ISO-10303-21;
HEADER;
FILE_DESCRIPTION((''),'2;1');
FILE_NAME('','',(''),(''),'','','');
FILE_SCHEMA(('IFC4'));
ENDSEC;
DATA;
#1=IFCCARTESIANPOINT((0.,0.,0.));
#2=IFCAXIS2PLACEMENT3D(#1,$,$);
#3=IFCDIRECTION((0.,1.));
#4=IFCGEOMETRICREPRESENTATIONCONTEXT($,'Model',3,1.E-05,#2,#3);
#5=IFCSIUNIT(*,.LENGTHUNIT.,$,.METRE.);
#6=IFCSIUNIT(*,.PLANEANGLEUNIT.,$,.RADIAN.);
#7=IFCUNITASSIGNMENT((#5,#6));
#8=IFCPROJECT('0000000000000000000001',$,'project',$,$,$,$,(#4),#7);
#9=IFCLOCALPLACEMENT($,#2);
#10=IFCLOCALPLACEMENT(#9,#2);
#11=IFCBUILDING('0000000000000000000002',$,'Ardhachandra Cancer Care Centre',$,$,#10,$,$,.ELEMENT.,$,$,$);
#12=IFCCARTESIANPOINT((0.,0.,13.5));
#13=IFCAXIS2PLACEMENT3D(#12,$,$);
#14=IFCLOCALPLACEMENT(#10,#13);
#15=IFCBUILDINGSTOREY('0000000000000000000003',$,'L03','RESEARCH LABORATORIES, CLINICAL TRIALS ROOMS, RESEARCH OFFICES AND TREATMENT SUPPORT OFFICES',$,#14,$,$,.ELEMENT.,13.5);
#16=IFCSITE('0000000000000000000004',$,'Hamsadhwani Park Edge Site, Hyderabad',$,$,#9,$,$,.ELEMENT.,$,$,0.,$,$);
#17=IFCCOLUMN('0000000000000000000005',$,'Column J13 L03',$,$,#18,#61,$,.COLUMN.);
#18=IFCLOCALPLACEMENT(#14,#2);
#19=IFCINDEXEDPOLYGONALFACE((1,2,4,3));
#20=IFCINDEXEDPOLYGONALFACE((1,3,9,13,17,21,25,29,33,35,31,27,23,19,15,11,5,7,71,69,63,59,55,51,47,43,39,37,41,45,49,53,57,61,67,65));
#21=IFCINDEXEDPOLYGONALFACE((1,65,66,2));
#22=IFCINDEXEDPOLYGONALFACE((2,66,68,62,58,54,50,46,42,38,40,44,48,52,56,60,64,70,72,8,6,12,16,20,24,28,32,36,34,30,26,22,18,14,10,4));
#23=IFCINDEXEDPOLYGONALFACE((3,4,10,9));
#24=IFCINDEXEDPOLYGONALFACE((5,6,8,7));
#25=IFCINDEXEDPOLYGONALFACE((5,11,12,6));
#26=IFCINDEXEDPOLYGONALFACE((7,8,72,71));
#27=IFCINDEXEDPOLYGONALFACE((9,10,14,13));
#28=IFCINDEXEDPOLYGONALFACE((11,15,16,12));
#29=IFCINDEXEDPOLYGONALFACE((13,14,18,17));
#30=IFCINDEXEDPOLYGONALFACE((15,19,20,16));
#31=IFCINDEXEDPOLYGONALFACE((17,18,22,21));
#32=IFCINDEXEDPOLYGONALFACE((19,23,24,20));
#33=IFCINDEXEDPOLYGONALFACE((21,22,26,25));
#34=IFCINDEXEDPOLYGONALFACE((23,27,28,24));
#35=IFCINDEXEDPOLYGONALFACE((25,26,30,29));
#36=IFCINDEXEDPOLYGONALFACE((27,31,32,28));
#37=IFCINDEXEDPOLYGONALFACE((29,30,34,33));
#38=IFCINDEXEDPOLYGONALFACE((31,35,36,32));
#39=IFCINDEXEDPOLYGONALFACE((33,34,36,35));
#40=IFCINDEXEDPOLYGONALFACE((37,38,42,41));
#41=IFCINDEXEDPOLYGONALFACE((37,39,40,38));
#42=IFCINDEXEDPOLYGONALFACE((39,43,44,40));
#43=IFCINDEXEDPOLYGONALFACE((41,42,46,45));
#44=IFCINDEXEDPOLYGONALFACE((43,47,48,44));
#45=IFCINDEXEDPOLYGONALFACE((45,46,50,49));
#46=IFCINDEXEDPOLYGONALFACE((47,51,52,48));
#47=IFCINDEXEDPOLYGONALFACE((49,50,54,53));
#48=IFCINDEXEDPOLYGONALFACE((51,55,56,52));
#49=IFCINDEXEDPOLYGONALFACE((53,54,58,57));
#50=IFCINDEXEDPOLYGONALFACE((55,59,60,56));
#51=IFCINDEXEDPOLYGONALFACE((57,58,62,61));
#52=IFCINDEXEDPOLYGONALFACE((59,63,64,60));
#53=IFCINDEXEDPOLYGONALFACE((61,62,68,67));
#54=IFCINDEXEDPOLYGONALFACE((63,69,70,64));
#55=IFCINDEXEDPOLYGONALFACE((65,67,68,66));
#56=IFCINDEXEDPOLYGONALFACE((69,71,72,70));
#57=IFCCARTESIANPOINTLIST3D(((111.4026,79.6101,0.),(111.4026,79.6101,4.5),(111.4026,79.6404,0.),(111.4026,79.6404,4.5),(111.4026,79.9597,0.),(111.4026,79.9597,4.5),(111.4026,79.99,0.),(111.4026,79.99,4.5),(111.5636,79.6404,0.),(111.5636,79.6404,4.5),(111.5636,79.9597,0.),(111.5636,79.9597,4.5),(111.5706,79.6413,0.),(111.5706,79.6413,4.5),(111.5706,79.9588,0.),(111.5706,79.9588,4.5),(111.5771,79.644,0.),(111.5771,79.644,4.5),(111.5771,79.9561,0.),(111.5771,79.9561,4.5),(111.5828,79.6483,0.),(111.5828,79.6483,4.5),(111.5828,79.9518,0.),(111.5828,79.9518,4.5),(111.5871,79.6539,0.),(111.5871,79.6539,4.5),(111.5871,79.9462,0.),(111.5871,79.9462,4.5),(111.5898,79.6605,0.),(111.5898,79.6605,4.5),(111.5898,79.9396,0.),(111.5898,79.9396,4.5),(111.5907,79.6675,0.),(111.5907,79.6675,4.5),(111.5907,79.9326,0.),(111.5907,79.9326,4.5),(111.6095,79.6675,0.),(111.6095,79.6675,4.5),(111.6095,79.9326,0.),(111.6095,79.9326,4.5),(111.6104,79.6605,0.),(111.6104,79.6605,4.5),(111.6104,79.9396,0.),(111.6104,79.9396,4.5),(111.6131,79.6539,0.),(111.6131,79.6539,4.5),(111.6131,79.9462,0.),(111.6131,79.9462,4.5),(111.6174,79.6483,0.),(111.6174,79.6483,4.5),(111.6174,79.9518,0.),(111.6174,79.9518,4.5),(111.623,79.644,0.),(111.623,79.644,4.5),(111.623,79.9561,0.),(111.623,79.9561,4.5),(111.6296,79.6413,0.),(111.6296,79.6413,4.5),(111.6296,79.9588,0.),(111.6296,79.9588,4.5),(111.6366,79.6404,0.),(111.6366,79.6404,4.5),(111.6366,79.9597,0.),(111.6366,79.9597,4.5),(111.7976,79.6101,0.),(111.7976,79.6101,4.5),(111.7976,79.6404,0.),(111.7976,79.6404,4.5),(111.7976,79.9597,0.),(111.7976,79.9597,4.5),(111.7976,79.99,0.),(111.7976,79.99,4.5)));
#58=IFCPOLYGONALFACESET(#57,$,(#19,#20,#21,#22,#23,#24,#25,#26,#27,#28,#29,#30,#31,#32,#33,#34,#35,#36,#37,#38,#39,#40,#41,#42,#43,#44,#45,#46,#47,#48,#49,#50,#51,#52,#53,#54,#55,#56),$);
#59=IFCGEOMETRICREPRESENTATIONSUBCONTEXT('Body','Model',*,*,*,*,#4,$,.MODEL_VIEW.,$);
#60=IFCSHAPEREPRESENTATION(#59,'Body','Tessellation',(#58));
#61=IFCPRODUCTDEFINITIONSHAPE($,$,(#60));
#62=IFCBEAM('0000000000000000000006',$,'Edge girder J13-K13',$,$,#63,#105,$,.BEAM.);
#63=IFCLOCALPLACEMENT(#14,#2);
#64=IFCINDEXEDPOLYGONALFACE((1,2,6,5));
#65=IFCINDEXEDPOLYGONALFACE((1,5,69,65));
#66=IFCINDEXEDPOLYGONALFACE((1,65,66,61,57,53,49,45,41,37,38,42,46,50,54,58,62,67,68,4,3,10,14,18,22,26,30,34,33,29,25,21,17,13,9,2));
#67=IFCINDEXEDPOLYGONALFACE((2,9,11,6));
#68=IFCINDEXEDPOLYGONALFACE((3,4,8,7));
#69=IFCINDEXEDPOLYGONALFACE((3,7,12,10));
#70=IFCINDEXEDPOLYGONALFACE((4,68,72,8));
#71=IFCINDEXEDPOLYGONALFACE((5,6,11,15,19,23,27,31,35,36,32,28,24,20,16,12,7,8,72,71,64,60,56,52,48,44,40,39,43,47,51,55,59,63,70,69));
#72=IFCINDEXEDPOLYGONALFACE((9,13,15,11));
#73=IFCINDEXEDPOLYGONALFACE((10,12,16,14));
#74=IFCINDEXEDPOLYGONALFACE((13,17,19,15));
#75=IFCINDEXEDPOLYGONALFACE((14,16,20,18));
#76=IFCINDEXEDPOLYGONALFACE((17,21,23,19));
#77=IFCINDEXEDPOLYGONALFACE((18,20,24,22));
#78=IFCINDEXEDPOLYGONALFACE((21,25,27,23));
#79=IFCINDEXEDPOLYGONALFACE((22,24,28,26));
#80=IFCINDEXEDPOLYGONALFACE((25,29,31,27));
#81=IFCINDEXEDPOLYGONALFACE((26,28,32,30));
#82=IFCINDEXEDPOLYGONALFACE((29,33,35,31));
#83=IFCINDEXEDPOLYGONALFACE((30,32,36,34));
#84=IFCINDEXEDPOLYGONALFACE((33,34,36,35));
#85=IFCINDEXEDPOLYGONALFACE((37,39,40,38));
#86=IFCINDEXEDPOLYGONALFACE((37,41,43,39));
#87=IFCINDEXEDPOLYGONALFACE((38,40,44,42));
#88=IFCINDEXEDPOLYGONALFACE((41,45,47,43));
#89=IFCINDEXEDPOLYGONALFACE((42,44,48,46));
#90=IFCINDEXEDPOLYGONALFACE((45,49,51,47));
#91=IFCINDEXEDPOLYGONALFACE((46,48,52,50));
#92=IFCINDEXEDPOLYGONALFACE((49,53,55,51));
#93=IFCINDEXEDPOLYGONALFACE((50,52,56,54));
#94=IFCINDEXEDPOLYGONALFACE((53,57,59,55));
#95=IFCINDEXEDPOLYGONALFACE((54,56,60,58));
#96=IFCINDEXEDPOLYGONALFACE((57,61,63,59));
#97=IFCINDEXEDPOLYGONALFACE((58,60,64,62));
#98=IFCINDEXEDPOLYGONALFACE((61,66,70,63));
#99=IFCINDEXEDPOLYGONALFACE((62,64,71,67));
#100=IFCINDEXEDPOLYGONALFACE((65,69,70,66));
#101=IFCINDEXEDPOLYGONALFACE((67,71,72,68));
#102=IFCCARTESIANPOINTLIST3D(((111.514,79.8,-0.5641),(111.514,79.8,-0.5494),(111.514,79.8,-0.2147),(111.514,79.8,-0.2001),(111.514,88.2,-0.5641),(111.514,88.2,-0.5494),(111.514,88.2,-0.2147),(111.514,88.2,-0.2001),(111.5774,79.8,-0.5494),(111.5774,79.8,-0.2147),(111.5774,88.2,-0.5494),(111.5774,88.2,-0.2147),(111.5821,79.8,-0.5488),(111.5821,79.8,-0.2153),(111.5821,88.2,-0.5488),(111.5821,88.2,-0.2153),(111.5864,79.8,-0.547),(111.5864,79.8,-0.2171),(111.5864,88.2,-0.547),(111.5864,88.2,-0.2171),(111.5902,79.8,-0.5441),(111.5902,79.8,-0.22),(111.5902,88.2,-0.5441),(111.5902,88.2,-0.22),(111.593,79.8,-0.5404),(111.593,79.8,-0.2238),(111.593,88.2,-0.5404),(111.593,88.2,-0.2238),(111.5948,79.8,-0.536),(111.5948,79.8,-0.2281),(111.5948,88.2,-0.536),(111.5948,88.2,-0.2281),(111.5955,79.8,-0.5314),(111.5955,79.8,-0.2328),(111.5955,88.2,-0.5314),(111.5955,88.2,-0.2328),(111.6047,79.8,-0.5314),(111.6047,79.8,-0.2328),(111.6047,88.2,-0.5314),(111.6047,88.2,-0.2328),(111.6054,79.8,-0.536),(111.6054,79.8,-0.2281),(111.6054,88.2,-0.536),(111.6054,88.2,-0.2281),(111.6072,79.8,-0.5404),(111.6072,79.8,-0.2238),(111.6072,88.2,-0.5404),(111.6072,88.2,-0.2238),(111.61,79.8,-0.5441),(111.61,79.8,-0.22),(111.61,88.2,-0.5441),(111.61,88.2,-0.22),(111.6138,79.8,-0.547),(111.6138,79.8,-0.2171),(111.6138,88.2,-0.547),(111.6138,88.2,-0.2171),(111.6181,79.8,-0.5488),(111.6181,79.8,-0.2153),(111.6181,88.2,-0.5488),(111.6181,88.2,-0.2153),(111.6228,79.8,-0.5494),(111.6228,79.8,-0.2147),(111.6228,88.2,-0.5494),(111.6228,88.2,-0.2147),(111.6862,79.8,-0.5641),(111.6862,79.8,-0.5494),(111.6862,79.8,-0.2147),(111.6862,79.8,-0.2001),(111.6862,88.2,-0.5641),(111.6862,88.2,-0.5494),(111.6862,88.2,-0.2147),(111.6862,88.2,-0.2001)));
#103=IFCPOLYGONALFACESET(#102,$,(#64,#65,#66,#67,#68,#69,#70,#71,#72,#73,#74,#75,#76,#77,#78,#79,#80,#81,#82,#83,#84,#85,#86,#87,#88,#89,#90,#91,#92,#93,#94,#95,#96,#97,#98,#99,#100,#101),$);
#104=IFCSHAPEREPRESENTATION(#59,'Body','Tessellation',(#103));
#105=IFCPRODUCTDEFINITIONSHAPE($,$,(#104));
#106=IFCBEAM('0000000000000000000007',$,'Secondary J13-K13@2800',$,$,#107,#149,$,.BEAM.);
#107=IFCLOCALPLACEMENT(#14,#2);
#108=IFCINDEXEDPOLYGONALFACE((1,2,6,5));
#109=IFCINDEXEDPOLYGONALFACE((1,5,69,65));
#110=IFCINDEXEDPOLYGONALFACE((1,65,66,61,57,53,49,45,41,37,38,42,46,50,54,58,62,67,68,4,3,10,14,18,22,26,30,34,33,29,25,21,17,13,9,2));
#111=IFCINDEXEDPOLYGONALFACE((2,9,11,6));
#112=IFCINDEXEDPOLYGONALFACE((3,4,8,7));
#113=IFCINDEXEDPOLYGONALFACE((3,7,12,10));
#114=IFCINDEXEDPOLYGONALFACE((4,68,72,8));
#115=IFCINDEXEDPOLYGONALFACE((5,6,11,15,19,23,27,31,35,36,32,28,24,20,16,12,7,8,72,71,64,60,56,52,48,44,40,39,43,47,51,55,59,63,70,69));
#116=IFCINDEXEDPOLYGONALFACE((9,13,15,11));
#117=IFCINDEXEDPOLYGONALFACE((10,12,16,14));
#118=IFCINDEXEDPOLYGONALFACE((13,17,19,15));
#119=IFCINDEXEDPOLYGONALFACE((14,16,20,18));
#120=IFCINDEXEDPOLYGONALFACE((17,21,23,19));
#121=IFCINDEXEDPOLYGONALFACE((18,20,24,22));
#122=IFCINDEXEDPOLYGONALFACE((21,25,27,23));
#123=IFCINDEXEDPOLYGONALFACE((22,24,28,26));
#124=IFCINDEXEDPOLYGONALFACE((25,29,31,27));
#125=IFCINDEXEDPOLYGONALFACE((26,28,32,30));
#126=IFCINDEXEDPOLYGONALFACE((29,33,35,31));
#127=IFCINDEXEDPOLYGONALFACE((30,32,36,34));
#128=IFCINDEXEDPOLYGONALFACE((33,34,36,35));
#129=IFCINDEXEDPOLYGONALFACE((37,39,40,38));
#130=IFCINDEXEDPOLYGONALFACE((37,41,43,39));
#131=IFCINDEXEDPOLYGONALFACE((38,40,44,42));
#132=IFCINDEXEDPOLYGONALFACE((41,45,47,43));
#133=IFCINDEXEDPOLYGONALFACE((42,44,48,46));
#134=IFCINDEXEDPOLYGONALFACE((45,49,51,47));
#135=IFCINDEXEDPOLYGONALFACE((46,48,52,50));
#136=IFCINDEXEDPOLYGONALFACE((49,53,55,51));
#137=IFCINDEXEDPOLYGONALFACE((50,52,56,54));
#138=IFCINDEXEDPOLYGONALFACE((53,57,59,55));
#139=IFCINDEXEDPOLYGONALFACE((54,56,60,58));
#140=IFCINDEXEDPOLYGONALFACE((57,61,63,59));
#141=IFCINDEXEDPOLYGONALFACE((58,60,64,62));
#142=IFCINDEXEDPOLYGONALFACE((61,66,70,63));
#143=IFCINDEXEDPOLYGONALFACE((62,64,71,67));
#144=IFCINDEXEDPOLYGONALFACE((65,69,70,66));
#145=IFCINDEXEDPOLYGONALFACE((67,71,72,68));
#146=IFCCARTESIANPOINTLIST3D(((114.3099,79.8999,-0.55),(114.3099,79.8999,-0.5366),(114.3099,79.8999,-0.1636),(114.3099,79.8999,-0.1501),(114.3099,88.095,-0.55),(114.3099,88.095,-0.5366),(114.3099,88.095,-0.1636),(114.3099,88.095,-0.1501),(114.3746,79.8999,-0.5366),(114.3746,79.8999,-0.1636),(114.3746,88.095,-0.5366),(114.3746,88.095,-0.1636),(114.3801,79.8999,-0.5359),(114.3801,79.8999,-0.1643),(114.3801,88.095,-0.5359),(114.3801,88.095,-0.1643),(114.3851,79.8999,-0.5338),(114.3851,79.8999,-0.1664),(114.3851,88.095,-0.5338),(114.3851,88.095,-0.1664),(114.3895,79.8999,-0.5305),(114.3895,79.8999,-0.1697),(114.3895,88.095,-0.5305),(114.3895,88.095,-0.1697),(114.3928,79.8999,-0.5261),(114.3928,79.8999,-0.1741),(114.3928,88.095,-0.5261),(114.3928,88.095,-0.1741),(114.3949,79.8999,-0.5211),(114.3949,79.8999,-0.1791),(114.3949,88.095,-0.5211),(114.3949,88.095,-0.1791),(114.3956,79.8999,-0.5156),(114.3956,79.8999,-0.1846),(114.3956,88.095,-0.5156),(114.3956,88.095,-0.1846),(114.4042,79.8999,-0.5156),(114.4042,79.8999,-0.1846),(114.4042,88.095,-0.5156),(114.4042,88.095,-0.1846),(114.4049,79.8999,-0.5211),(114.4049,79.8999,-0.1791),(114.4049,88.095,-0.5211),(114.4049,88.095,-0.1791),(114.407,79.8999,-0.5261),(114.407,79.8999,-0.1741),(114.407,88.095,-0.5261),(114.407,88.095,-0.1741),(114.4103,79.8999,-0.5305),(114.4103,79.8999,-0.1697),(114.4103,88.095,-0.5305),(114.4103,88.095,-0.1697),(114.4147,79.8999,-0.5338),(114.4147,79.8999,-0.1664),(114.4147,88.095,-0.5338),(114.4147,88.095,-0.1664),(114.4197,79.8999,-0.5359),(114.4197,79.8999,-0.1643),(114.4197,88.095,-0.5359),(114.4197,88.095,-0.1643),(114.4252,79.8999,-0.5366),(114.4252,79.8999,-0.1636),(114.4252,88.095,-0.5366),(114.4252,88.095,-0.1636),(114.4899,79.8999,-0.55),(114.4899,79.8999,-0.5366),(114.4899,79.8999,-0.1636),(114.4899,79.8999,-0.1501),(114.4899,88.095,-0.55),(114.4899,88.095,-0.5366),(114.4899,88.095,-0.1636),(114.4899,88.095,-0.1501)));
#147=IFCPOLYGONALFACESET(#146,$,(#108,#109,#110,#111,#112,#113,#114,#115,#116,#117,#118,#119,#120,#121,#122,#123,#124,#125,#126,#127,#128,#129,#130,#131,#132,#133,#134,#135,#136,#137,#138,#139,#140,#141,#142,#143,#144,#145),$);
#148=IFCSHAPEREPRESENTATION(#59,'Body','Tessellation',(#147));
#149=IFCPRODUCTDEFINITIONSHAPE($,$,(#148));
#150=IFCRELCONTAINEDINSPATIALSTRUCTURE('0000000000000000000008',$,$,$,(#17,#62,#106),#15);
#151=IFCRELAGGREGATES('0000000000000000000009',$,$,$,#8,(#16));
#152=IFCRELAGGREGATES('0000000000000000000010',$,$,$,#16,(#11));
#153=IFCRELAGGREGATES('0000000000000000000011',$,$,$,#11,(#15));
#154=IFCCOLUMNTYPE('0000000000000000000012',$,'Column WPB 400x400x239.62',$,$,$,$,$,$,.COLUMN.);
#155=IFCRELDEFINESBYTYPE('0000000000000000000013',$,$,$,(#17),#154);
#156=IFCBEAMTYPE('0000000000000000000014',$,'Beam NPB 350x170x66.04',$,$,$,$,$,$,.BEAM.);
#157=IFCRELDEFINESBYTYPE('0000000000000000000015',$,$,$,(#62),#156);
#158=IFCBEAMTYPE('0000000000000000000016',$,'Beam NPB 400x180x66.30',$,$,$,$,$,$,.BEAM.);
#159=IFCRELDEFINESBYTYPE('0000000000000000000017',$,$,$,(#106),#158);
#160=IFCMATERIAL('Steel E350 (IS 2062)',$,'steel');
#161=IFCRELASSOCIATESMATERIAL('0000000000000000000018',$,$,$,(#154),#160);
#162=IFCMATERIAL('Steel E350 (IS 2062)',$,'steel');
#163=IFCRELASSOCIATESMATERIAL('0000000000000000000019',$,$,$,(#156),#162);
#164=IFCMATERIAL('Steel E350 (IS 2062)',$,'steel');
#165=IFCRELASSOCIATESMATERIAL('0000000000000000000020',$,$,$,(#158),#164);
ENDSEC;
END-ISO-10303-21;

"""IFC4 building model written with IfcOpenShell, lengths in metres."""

from ifc_helpers import new_model, si_unit, direction, frame, origin, origin_2d, place, context, subcontext, project, spatial, i_section, extrude, material, material_profile, profile_set, type_object, element, save


model = new_model("IFC4")

# Units and contexts
model_context = context("Model", 3, precision=1e-05, world=origin(), true_north=direction((0.0, 1.0)))
body_context = subcontext(model_context, "Body", "Model", "MODEL_VIEW")
ifc_project = project(units=[si_unit("LENGTHUNIT", "METRE"), si_unit("PLANEANGLEUNIT", "RADIAN")], contexts=[model_context])

# Site, building, storey
site_placement = place(None, origin())
site = spatial("IfcSite", under=ifc_project, at=site_placement, Name="Hamsadhwani Park Edge Site, Hyderabad", CompositionType="ELEMENT", RefElevation=0.0)
building_placement = place(site_placement, origin())
building = spatial("IfcBuilding", under=site, at=building_placement, Name="Ardhachandra Cancer Care Centre", CompositionType="ELEMENT")
storey_placement = place(building_placement, frame((0.0, 0.0, 13.5)))
storey = spatial("IfcBuildingStorey", under=building, at=storey_placement, Name="L03", Description="RESEARCH LABORATORIES, CLINICAL TRIALS ROOMS, RESEARCH OFFICES AND TREATMENT SUPPORT OFFICES", CompositionType="ELEMENT", Elevation=13.5)

# Column
ifc_material_1 = material(Name="Steel E350 (IS 2062)", Category="steel")
ifc_material_profile_1 = material_profile(ifc_material_1, i_section(OverallWidth=0.395, OverallDepth=0.3799, WebThickness=0.0188, FlangeThickness=0.0303, FilletRadius=0.0271, at=origin_2d()), Name="WPB 400x400x239.62")
ifc_profile_set_1 = profile_set([ifc_material_profile_1], Name="Steel E350 (IS 2062)")
column_type = type_object("IfcColumnType", Name="Column WPB 400x400x239.62", PredefinedType="COLUMN", material=ifc_profile_set_1)
column_placement = place(storey_placement, frame((111.6001, 79.8, 0.0), z_axis=(0.0, 0.0, 1.0), x_axis=(1.0, 0.0, 0.0)))
element("IfcColumn", 1, at=column_placement, inside=storey, type_object=column_type, Name="Column J13 L03", PredefinedType="COLUMN", context=body_context, shape_type="SweptSolid", body=[
    extrude(i_section(OverallWidth=0.395, OverallDepth=0.3799, WebThickness=0.0188, FlangeThickness=0.0303, FilletRadius=0.0271, at=origin_2d()), origin(), (0.0, 0.0, 1.0), 4.5),
])

# Beams
ifc_material_2 = material(Name="Steel E350 (IS 2062)", Category="steel")
ifc_material_profile_2 = material_profile(ifc_material_2, i_section(OverallWidth=0.1721, OverallDepth=0.364, WebThickness=0.0093, FlangeThickness=0.0146, FilletRadius=0.0181, at=origin_2d()), Name="NPB 350x170x66.04")
ifc_profile_set_2 = profile_set([ifc_material_profile_2], Name="Steel E350 (IS 2062)")
beam_type_1 = type_object("IfcBeamType", Name="Beam NPB 350x170x66.04", PredefinedType="BEAM", material=ifc_profile_set_2)
beam_1_placement = place(storey_placement, frame((111.6001, 79.8, -0.3821), z_axis=(0.0, 1.0, 0.0), x_axis=(-1.0, 0.0, 0.0)))
element("IfcBeam", 2, at=beam_1_placement, inside=storey, type_object=beam_type_1, Name="Edge girder J13-K13", PredefinedType="BEAM", context=body_context, shape_type="SweptSolid", body=[
    extrude(i_section(OverallWidth=0.1721, OverallDepth=0.364, WebThickness=0.0093, FlangeThickness=0.0146, FilletRadius=0.0181, at=origin_2d()), origin(), (0.0, 0.0, 1.0), 8.3999),
])
ifc_material_3 = material(Name="Steel E350 (IS 2062)", Category="steel")
ifc_material_profile_3 = material_profile(ifc_material_3, i_section(OverallWidth=0.1799, OverallDepth=0.3999, WebThickness=0.0085, FlangeThickness=0.0134, FilletRadius=0.021, at=origin_2d()), Name="NPB 400x180x66.30")
ifc_profile_set_3 = profile_set([ifc_material_profile_3], Name="Steel E350 (IS 2062)")
beam_type_2 = type_object("IfcBeamType", Name="Beam NPB 400x180x66.30", PredefinedType="BEAM", material=ifc_profile_set_3)
beam_2_placement = place(storey_placement, frame((114.3999, 79.8999, -0.3501), z_axis=(0.0, 1.0, 0.0), x_axis=(-1.0, 0.0, 0.0)))
element("IfcBeam", 3, at=beam_2_placement, inside=storey, type_object=beam_type_2, Name="Secondary J13-K13@2800", PredefinedType="BEAM", context=body_context, shape_type="SweptSolid", body=[
    extrude(i_section(OverallWidth=0.1799, OverallDepth=0.3999, WebThickness=0.0085, FlangeThickness=0.0134, FilletRadius=0.021, at=origin_2d()), origin(), (0.0, 0.0, 1.0), 8.1951),
])

save(model, "model.ifc")
